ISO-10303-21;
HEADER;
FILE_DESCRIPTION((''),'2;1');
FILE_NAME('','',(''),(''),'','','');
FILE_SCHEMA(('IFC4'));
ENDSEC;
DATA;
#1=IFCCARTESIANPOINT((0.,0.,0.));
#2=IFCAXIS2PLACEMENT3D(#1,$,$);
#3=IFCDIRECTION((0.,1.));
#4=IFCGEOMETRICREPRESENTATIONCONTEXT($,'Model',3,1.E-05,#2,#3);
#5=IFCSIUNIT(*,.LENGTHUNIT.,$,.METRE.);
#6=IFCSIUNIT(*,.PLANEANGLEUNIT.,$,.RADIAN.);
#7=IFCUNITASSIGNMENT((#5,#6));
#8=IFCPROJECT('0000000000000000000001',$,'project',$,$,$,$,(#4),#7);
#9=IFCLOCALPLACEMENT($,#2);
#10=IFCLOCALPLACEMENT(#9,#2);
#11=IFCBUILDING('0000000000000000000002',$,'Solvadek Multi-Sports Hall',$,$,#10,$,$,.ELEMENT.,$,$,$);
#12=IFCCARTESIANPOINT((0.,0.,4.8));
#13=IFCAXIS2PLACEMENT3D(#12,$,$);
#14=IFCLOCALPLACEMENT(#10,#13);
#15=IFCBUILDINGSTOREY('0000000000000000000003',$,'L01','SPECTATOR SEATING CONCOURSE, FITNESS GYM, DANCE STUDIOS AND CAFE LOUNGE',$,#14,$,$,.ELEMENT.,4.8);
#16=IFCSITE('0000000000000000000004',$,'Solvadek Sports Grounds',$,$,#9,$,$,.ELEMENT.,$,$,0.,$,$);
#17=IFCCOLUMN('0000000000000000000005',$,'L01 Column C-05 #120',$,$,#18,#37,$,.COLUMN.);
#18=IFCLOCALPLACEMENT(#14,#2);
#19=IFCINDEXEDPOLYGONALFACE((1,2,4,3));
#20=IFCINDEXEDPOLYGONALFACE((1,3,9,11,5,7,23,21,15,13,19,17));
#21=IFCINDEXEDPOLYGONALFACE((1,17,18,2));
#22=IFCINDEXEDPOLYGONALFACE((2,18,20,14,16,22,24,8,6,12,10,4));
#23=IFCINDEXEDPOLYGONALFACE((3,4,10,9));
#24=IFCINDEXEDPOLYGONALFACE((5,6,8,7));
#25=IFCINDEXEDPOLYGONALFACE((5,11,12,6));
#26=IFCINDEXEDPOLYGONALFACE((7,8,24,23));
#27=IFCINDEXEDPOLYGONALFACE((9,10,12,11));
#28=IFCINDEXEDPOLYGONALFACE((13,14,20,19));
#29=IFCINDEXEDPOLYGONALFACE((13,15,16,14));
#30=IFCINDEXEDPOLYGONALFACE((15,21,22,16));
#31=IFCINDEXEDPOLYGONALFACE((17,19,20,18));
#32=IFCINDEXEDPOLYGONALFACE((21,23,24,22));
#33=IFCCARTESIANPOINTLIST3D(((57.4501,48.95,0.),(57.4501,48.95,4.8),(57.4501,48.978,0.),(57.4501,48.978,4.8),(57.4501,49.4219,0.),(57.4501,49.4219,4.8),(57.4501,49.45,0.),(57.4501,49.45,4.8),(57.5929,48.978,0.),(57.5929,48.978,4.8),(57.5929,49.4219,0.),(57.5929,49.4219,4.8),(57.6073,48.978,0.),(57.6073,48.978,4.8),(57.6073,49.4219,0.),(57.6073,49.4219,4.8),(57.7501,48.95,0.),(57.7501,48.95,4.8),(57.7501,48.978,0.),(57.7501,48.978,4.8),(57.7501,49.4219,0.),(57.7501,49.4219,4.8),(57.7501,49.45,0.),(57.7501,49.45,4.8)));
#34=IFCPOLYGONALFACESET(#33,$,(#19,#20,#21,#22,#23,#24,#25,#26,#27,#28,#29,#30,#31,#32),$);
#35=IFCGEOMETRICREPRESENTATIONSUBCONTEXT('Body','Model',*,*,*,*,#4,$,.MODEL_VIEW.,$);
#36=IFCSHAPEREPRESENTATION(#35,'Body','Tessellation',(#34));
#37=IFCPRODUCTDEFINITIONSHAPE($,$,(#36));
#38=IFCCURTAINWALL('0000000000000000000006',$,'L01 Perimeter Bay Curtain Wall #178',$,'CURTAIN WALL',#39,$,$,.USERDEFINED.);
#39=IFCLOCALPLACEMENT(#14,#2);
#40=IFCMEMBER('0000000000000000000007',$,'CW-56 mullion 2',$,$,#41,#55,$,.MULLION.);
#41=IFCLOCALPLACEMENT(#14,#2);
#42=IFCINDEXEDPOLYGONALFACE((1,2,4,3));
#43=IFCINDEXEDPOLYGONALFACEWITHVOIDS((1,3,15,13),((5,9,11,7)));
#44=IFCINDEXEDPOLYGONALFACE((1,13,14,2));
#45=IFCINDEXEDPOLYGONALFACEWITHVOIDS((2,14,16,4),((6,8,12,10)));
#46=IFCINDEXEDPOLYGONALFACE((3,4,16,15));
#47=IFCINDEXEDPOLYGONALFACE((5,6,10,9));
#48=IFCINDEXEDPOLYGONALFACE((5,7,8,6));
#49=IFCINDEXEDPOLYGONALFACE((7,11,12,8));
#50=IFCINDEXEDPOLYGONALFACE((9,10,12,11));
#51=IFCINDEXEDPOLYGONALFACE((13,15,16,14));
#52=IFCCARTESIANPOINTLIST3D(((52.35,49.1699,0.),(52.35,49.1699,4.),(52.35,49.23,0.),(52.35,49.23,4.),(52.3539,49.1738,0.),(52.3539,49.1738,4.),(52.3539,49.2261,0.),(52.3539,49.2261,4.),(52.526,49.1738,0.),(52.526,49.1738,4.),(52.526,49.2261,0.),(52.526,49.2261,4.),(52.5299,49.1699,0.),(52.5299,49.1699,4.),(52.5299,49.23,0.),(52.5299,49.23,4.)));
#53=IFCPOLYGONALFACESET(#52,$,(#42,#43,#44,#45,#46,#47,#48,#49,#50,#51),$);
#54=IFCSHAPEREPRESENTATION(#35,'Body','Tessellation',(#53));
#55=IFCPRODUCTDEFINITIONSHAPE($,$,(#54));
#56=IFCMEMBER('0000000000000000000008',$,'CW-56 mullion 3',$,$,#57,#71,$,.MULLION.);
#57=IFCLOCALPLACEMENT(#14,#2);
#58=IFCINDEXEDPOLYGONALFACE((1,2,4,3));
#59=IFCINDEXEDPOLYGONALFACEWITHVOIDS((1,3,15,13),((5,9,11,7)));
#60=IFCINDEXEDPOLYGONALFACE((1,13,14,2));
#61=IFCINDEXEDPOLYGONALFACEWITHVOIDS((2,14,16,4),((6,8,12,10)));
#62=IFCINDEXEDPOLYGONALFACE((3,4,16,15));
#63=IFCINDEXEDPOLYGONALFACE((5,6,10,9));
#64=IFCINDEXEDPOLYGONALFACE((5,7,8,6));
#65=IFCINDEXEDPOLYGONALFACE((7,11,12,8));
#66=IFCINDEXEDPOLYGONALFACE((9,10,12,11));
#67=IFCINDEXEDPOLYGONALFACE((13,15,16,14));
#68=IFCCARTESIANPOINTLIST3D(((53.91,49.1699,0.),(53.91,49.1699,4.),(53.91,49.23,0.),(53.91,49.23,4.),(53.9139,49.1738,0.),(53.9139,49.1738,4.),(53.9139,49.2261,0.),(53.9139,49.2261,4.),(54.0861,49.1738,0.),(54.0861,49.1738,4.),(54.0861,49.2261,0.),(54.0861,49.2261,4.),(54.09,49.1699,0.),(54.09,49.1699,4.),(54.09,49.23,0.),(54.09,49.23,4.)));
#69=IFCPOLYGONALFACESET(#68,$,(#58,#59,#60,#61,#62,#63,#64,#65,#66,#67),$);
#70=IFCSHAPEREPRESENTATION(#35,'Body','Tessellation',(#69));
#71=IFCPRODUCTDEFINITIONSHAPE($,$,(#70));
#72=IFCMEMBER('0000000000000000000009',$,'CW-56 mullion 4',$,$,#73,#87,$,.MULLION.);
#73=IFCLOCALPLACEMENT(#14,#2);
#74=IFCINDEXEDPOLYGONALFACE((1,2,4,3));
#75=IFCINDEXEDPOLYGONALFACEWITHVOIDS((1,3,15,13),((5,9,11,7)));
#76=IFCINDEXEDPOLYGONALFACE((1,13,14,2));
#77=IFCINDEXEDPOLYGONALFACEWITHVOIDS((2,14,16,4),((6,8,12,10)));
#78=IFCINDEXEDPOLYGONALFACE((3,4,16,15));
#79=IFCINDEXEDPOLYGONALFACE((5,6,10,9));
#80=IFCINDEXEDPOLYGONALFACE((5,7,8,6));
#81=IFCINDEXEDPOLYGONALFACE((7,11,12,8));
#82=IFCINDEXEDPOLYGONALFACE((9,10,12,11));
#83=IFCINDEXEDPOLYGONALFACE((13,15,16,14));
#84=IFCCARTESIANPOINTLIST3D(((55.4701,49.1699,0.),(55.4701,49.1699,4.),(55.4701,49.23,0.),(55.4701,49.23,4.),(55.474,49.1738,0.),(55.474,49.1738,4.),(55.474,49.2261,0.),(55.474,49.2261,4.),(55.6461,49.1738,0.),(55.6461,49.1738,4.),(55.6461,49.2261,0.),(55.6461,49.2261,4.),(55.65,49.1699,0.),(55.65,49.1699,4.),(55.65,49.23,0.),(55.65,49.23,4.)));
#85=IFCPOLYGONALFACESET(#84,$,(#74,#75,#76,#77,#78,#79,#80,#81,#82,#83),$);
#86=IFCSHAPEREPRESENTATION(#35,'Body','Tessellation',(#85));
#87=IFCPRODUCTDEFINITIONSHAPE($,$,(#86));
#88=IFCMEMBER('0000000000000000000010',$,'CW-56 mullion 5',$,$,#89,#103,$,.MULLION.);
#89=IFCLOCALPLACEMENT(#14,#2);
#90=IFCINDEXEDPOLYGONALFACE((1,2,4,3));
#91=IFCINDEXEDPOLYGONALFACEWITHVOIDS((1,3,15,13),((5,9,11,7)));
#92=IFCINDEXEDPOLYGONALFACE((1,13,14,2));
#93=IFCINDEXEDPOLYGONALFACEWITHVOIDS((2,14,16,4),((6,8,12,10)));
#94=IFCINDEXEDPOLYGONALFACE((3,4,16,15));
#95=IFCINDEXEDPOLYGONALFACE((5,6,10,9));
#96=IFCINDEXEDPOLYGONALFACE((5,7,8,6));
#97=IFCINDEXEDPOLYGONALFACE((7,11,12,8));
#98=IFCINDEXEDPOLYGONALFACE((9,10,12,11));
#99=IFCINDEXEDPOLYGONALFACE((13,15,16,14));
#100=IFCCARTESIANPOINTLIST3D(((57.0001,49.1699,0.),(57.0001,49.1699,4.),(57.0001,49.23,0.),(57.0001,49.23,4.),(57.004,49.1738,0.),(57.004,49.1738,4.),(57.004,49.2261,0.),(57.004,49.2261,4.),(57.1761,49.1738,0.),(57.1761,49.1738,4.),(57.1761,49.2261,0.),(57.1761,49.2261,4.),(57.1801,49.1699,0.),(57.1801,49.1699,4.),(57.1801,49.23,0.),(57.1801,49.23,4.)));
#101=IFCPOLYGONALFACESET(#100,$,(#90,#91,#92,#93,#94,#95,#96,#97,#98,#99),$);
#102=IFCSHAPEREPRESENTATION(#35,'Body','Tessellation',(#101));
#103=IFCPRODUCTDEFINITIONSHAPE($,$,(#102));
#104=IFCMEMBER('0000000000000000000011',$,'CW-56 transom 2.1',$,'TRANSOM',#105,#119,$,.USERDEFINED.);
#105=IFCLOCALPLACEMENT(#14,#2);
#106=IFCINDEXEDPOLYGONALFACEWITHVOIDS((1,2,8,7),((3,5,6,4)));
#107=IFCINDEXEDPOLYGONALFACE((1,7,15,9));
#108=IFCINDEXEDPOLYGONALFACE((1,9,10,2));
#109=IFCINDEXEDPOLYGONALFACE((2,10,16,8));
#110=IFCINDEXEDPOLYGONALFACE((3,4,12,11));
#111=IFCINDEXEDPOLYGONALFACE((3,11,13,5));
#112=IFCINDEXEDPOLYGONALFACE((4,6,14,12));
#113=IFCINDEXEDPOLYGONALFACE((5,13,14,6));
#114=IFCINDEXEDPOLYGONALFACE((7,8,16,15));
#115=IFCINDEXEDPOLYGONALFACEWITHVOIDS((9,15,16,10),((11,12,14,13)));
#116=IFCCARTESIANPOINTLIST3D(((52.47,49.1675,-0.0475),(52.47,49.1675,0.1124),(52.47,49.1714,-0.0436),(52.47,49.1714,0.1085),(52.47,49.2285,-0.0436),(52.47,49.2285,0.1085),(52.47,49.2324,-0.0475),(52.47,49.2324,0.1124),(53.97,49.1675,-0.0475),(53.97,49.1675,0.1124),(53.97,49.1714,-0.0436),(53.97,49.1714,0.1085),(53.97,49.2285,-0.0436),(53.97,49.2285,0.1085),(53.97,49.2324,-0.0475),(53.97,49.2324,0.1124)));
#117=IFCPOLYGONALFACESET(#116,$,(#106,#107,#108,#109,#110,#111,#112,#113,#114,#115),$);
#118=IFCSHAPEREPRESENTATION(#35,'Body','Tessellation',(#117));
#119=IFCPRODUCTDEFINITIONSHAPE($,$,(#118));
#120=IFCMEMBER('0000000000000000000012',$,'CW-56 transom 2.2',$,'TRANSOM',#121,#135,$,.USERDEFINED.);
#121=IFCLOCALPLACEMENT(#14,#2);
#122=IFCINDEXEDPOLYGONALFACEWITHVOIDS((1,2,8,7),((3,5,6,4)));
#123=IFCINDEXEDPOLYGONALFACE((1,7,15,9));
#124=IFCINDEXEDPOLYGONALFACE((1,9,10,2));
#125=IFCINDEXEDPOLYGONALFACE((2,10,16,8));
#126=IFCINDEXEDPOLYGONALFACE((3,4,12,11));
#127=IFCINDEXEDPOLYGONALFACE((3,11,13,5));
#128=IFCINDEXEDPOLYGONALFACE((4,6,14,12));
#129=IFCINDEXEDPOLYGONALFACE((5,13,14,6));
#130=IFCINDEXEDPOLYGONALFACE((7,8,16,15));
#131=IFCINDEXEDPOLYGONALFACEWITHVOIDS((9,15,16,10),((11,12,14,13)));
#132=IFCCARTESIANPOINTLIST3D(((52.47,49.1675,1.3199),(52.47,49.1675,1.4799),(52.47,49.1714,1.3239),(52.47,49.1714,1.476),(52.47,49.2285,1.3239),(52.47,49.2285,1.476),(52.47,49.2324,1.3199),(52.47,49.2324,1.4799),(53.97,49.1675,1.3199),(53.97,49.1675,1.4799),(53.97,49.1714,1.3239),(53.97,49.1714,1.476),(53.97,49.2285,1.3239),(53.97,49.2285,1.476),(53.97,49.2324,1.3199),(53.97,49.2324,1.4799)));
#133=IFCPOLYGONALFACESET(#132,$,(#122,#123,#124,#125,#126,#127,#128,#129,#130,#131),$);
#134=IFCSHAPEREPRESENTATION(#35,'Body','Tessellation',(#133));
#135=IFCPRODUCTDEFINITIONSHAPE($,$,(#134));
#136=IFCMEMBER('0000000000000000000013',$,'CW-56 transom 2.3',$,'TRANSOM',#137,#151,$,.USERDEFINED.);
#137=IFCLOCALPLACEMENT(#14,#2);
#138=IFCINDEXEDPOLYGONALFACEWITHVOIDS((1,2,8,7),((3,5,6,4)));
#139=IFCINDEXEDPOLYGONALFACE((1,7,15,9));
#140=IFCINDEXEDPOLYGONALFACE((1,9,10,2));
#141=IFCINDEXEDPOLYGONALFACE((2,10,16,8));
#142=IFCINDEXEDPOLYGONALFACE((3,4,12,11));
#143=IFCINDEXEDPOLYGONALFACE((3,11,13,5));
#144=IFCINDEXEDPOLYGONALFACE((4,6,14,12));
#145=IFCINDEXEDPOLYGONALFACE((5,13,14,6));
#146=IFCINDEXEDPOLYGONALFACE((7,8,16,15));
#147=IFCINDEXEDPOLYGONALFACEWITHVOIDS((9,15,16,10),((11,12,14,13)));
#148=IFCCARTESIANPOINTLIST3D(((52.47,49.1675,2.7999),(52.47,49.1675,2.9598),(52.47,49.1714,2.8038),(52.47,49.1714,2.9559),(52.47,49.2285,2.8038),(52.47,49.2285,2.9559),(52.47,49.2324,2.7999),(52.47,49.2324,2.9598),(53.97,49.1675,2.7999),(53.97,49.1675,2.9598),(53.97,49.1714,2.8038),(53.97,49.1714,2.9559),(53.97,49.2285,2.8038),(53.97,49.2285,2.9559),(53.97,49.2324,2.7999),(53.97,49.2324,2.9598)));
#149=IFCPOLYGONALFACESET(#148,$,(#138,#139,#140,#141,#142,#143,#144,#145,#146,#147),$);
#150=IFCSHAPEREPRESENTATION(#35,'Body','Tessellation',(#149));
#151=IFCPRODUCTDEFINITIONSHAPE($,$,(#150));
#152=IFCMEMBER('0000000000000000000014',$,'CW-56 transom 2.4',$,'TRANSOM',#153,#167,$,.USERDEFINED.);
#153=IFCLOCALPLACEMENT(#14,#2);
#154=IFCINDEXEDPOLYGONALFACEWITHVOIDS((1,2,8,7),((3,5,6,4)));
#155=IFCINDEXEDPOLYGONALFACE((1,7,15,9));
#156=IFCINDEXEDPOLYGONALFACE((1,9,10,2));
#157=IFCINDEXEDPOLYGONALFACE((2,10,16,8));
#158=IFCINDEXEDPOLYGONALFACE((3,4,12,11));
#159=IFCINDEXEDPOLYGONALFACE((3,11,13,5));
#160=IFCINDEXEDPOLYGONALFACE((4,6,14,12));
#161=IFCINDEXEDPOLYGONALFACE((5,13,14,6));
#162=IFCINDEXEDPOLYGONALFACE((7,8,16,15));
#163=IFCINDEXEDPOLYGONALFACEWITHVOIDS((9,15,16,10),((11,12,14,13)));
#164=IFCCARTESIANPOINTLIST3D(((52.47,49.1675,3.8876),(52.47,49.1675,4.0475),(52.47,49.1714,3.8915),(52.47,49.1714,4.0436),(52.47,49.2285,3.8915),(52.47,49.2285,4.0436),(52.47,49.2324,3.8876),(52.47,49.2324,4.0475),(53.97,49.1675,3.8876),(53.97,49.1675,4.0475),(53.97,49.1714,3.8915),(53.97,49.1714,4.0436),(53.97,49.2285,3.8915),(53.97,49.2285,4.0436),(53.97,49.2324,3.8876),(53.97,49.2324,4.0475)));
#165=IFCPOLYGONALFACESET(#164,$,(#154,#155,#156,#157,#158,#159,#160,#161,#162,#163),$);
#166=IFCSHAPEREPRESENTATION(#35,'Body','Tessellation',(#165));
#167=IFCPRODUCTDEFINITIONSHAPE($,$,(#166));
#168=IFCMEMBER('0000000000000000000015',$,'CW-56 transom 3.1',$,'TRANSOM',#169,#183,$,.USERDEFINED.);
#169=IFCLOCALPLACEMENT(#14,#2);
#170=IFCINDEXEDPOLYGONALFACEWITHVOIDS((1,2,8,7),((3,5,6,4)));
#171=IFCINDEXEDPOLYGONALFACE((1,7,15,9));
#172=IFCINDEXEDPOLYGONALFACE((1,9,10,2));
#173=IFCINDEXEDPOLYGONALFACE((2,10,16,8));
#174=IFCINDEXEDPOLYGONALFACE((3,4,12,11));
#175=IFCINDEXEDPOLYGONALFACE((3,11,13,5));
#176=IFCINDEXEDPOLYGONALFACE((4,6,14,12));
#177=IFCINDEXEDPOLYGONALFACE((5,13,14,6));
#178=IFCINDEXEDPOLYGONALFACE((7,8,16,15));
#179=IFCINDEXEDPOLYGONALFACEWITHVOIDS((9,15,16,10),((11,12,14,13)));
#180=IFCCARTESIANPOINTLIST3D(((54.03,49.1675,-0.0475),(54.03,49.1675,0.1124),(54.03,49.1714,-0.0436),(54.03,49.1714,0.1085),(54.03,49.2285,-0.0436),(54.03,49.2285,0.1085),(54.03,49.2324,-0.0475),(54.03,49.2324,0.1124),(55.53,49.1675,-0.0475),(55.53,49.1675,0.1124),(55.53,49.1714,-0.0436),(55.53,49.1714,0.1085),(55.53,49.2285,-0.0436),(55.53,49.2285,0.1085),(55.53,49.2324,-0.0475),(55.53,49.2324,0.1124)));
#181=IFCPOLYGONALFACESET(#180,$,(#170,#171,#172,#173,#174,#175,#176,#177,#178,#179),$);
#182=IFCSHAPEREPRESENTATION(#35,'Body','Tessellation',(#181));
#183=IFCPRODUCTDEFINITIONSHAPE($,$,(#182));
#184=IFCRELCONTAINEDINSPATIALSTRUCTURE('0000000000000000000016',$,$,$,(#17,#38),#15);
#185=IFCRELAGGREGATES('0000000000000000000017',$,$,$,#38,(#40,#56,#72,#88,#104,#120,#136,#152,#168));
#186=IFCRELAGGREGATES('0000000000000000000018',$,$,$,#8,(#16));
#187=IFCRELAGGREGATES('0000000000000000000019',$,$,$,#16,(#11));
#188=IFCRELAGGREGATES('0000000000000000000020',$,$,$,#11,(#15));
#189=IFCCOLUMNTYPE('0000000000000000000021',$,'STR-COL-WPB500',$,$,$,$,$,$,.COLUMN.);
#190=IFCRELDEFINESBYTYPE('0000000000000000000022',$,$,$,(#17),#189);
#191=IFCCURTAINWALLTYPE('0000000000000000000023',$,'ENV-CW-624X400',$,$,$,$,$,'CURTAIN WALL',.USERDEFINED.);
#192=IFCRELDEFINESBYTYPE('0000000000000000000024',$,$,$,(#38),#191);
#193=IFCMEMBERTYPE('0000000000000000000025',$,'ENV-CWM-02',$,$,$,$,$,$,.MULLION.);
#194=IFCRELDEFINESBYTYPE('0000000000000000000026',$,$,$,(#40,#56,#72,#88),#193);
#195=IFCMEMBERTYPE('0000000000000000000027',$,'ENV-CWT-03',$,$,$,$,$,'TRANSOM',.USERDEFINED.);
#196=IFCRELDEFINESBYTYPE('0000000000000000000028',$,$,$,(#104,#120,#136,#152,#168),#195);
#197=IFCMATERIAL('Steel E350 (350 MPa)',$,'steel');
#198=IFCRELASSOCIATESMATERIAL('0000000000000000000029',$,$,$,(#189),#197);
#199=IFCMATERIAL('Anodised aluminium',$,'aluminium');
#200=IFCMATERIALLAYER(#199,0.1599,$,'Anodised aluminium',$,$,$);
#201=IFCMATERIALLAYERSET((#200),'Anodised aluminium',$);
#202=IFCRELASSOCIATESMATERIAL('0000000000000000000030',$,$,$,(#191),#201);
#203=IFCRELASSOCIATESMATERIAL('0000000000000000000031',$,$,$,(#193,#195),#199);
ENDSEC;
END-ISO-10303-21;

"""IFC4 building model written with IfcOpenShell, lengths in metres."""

from ifc_helpers import new_model, si_unit, direction, frame, origin, origin_2d, place, context, subcontext, project, spatial, hollow_rectangle, i_section, extrude, material, layer, layer_set, material_profile, profile_set, type_object, element, aggregate, save


model = new_model("IFC4")

# Units and contexts
model_context = context("Model", 3, precision=1e-05, world=origin(), true_north=direction((0.0, 1.0)))
body_context = subcontext(model_context, "Body", "Model", "MODEL_VIEW")
ifc_project = project(units=[si_unit("LENGTHUNIT", "METRE"), si_unit("PLANEANGLEUNIT", "RADIAN")], contexts=[model_context])

# Site, building, storey
site_placement = place(None, origin())
site = spatial("IfcSite", under=ifc_project, at=site_placement, Name="Solvadek Sports Grounds", CompositionType="ELEMENT", RefElevation=0.0)
building_placement = place(site_placement, origin())
building = spatial("IfcBuilding", under=site, at=building_placement, Name="Solvadek Multi-Sports Hall", CompositionType="ELEMENT")
storey_placement = place(building_placement, frame((0.0, 0.0, 4.8)))
storey = spatial("IfcBuildingStorey", under=building, at=storey_placement, Name="L01", Description="SPECTATOR SEATING CONCOURSE, FITNESS GYM, DANCE STUDIOS AND CAFE LOUNGE", CompositionType="ELEMENT", Elevation=4.8)

# Column
ifc_material_1 = material(Name="Steel E350 (350 MPa)", Category="steel")
ifc_material_profile_1 = material_profile(ifc_material_1, i_section(OverallWidth=0.3, OverallDepth=0.5, WebThickness=0.0144, FlangeThickness=0.0281, at=origin_2d()), Name="WPB 500")
ifc_profile_set_1 = profile_set([ifc_material_profile_1], Name="Steel E350 (350 MPa)")
column_type = type_object("IfcColumnType", Name="STR-COL-WPB500", PredefinedType="COLUMN", material=ifc_profile_set_1)
column_placement = place(storey_placement, frame((57.6001, 49.2, 0.0), z_axis=(0.0, 0.0, 1.0), x_axis=(1.0, 0.0, 0.0)))
element("IfcColumn", 1, at=column_placement, inside=storey, type_object=column_type, Name="L01 Column C-05 #120", PredefinedType="COLUMN", context=body_context, shape_type="SweptSolid", body=[
    extrude(i_section(OverallWidth=0.3, OverallDepth=0.5, WebThickness=0.0144, FlangeThickness=0.0281, at=origin_2d()), origin(), (0.0, 0.0, 1.0), 4.8),
])

# Curtain wall, members
ifc_material_2 = material(Name="Anodised aluminium", Category="aluminium")
ifc_layer_1 = layer(ifc_material_2, 0.1599, Name="Anodised aluminium")
ifc_layer_set_1 = layer_set([ifc_layer_1], Name="Anodised aluminium")
curtain_wall_type = type_object("IfcCurtainWallType", Name="ENV-CW-624X400", ElementType="CURTAIN WALL", PredefinedType="USERDEFINED", material=ifc_layer_set_1)
curtain_wall_placement = place(storey_placement, origin())
curtain_wall = element("IfcCurtainWall", 2, at=curtain_wall_placement, inside=storey, type_object=curtain_wall_type, Name="L01 Perimeter Bay Curtain Wall #178", ObjectType="CURTAIN WALL", PredefinedType="USERDEFINED")
ifc_material_profile_2 = material_profile(ifc_material_2, hollow_rectangle(XDim=0.0601, YDim=0.1799, WallThickness=0.0039, at=origin_2d()), Name="ALU-M 180x60x4")
ifc_profile_set_2 = profile_set([ifc_material_profile_2], Name="Anodised aluminium")
member_type_1 = type_object("IfcMemberType", Name="ENV-CWM-02", PredefinedType="MULLION", material=ifc_profile_set_2)
member_1_placement = place(storey_placement, frame((52.4399, 49.2, 0.0), z_axis=(0.0, 0.0, 1.0), x_axis=(0.0, 1.0, 0.0)))
member_1 = element("IfcMember", 3, at=member_1_placement, type_object=member_type_1, Name="CW-56 mullion 2", PredefinedType="MULLION", context=body_context, shape_type="SweptSolid", body=[
    extrude(hollow_rectangle(XDim=0.0601, YDim=0.1799, WallThickness=0.0039, at=origin_2d()), origin(), (0.0, 0.0, 1.0), 4.0),
])
member_2_placement = place(storey_placement, frame((54.0, 49.2, 0.0), z_axis=(0.0, 0.0, 1.0), x_axis=(0.0, 1.0, 0.0)))
member_2 = element("IfcMember", 4, at=member_2_placement, type_object=member_type_1, Name="CW-56 mullion 3", PredefinedType="MULLION", context=body_context, shape_type="SweptSolid", body=[
    extrude(hollow_rectangle(XDim=0.0601, YDim=0.1799, WallThickness=0.0039, at=origin_2d()), origin(), (0.0, 0.0, 1.0), 4.0),
])
member_3_placement = place(storey_placement, frame((55.5601, 49.2, 0.0), z_axis=(0.0, 0.0, 1.0), x_axis=(0.0, 1.0, 0.0)))
member_3 = element("IfcMember", 5, at=member_3_placement, type_object=member_type_1, Name="CW-56 mullion 4", PredefinedType="MULLION", context=body_context, shape_type="SweptSolid", body=[
    extrude(hollow_rectangle(XDim=0.0601, YDim=0.1799, WallThickness=0.0039, at=origin_2d()), origin(), (0.0, 0.0, 1.0), 4.0),
])
member_4_placement = place(storey_placement, frame((57.0901, 49.2, 0.0), z_axis=(0.0, 0.0, 1.0), x_axis=(0.0, 1.0, 0.0)))
member_4 = element("IfcMember", 6, at=member_4_placement, type_object=member_type_1, Name="CW-56 mullion 5", PredefinedType="MULLION", context=body_context, shape_type="SweptSolid", body=[
    extrude(hollow_rectangle(XDim=0.0601, YDim=0.1799, WallThickness=0.0039, at=origin_2d()), origin(), (0.0, 0.0, 1.0), 4.0),
])
ifc_material_profile_3 = material_profile(ifc_material_2, hollow_rectangle(XDim=0.0649, YDim=0.1599, WallThickness=0.0039, at=origin_2d()), Name="ALU-T 160x65x4")
ifc_profile_set_3 = profile_set([ifc_material_profile_3], Name="Anodised aluminium")
member_type_2 = type_object("IfcMemberType", Name="ENV-CWT-03", ElementType="TRANSOM", PredefinedType="USERDEFINED", material=ifc_profile_set_3)
member_5_placement = place(storey_placement, frame((52.47, 49.2, 0.0325), z_axis=(1.0, 0.0, 0.0), x_axis=(0.0, 1.0, 0.0)))
member_5 = element("IfcMember", 7, at=member_5_placement, type_object=member_type_2, Name="CW-56 transom 2.1", ObjectType="TRANSOM", PredefinedType="USERDEFINED", context=body_context, shape_type="SweptSolid", body=[
    extrude(hollow_rectangle(XDim=0.0649, YDim=0.1599, WallThickness=0.0039, at=origin_2d()), origin(), (0.0, 0.0, 1.0), 1.5),
])
member_6_placement = place(storey_placement, frame((52.47, 49.2, 1.3999), z_axis=(1.0, 0.0, 0.0), x_axis=(0.0, 1.0, 0.0)))
member_6 = element("IfcMember", 8, at=member_6_placement, type_object=member_type_2, Name="CW-56 transom 2.2", ObjectType="TRANSOM", PredefinedType="USERDEFINED", context=body_context, shape_type="SweptSolid", body=[
    extrude(hollow_rectangle(XDim=0.0649, YDim=0.1599, WallThickness=0.0039, at=origin_2d()), origin(), (0.0, 0.0, 1.0), 1.5),
])
member_7_placement = place(storey_placement, frame((52.47, 49.2, 2.8799), z_axis=(1.0, 0.0, 0.0), x_axis=(0.0, 1.0, 0.0)))
member_7 = element("IfcMember", 9, at=member_7_placement, type_object=member_type_2, Name="CW-56 transom 2.3", ObjectType="TRANSOM", PredefinedType="USERDEFINED", context=body_context, shape_type="SweptSolid", body=[
    extrude(hollow_rectangle(XDim=0.0649, YDim=0.1599, WallThickness=0.0039, at=origin_2d()), origin(), (0.0, 0.0, 1.0), 1.5),
])
member_8_placement = place(storey_placement, frame((52.47, 49.2, 3.9675), z_axis=(1.0, 0.0, 0.0), x_axis=(0.0, 1.0, 0.0)))
member_8 = element("IfcMember", 10, at=member_8_placement, type_object=member_type_2, Name="CW-56 transom 2.4", ObjectType="TRANSOM", PredefinedType="USERDEFINED", context=body_context, shape_type="SweptSolid", body=[
    extrude(hollow_rectangle(XDim=0.0649, YDim=0.1599, WallThickness=0.0039, at=origin_2d()), origin(), (0.0, 0.0, 1.0), 1.5),
])
member_9_placement = place(storey_placement, frame((54.03, 49.2, 0.0325), z_axis=(1.0, 0.0, 0.0), x_axis=(0.0, 1.0, 0.0)))
member_9 = element("IfcMember", 11, at=member_9_placement, type_object=member_type_2, Name="CW-56 transom 3.1", ObjectType="TRANSOM", PredefinedType="USERDEFINED", context=body_context, shape_type="SweptSolid", body=[
    extrude(hollow_rectangle(XDim=0.0649, YDim=0.1599, WallThickness=0.0039, at=origin_2d()), origin(), (0.0, 0.0, 1.0), 1.5),
])

aggregate(curtain_wall, [member_1, member_2, member_3, member_4, member_5, member_6, member_7, member_8, member_9])

save(model, "model.ifc")
